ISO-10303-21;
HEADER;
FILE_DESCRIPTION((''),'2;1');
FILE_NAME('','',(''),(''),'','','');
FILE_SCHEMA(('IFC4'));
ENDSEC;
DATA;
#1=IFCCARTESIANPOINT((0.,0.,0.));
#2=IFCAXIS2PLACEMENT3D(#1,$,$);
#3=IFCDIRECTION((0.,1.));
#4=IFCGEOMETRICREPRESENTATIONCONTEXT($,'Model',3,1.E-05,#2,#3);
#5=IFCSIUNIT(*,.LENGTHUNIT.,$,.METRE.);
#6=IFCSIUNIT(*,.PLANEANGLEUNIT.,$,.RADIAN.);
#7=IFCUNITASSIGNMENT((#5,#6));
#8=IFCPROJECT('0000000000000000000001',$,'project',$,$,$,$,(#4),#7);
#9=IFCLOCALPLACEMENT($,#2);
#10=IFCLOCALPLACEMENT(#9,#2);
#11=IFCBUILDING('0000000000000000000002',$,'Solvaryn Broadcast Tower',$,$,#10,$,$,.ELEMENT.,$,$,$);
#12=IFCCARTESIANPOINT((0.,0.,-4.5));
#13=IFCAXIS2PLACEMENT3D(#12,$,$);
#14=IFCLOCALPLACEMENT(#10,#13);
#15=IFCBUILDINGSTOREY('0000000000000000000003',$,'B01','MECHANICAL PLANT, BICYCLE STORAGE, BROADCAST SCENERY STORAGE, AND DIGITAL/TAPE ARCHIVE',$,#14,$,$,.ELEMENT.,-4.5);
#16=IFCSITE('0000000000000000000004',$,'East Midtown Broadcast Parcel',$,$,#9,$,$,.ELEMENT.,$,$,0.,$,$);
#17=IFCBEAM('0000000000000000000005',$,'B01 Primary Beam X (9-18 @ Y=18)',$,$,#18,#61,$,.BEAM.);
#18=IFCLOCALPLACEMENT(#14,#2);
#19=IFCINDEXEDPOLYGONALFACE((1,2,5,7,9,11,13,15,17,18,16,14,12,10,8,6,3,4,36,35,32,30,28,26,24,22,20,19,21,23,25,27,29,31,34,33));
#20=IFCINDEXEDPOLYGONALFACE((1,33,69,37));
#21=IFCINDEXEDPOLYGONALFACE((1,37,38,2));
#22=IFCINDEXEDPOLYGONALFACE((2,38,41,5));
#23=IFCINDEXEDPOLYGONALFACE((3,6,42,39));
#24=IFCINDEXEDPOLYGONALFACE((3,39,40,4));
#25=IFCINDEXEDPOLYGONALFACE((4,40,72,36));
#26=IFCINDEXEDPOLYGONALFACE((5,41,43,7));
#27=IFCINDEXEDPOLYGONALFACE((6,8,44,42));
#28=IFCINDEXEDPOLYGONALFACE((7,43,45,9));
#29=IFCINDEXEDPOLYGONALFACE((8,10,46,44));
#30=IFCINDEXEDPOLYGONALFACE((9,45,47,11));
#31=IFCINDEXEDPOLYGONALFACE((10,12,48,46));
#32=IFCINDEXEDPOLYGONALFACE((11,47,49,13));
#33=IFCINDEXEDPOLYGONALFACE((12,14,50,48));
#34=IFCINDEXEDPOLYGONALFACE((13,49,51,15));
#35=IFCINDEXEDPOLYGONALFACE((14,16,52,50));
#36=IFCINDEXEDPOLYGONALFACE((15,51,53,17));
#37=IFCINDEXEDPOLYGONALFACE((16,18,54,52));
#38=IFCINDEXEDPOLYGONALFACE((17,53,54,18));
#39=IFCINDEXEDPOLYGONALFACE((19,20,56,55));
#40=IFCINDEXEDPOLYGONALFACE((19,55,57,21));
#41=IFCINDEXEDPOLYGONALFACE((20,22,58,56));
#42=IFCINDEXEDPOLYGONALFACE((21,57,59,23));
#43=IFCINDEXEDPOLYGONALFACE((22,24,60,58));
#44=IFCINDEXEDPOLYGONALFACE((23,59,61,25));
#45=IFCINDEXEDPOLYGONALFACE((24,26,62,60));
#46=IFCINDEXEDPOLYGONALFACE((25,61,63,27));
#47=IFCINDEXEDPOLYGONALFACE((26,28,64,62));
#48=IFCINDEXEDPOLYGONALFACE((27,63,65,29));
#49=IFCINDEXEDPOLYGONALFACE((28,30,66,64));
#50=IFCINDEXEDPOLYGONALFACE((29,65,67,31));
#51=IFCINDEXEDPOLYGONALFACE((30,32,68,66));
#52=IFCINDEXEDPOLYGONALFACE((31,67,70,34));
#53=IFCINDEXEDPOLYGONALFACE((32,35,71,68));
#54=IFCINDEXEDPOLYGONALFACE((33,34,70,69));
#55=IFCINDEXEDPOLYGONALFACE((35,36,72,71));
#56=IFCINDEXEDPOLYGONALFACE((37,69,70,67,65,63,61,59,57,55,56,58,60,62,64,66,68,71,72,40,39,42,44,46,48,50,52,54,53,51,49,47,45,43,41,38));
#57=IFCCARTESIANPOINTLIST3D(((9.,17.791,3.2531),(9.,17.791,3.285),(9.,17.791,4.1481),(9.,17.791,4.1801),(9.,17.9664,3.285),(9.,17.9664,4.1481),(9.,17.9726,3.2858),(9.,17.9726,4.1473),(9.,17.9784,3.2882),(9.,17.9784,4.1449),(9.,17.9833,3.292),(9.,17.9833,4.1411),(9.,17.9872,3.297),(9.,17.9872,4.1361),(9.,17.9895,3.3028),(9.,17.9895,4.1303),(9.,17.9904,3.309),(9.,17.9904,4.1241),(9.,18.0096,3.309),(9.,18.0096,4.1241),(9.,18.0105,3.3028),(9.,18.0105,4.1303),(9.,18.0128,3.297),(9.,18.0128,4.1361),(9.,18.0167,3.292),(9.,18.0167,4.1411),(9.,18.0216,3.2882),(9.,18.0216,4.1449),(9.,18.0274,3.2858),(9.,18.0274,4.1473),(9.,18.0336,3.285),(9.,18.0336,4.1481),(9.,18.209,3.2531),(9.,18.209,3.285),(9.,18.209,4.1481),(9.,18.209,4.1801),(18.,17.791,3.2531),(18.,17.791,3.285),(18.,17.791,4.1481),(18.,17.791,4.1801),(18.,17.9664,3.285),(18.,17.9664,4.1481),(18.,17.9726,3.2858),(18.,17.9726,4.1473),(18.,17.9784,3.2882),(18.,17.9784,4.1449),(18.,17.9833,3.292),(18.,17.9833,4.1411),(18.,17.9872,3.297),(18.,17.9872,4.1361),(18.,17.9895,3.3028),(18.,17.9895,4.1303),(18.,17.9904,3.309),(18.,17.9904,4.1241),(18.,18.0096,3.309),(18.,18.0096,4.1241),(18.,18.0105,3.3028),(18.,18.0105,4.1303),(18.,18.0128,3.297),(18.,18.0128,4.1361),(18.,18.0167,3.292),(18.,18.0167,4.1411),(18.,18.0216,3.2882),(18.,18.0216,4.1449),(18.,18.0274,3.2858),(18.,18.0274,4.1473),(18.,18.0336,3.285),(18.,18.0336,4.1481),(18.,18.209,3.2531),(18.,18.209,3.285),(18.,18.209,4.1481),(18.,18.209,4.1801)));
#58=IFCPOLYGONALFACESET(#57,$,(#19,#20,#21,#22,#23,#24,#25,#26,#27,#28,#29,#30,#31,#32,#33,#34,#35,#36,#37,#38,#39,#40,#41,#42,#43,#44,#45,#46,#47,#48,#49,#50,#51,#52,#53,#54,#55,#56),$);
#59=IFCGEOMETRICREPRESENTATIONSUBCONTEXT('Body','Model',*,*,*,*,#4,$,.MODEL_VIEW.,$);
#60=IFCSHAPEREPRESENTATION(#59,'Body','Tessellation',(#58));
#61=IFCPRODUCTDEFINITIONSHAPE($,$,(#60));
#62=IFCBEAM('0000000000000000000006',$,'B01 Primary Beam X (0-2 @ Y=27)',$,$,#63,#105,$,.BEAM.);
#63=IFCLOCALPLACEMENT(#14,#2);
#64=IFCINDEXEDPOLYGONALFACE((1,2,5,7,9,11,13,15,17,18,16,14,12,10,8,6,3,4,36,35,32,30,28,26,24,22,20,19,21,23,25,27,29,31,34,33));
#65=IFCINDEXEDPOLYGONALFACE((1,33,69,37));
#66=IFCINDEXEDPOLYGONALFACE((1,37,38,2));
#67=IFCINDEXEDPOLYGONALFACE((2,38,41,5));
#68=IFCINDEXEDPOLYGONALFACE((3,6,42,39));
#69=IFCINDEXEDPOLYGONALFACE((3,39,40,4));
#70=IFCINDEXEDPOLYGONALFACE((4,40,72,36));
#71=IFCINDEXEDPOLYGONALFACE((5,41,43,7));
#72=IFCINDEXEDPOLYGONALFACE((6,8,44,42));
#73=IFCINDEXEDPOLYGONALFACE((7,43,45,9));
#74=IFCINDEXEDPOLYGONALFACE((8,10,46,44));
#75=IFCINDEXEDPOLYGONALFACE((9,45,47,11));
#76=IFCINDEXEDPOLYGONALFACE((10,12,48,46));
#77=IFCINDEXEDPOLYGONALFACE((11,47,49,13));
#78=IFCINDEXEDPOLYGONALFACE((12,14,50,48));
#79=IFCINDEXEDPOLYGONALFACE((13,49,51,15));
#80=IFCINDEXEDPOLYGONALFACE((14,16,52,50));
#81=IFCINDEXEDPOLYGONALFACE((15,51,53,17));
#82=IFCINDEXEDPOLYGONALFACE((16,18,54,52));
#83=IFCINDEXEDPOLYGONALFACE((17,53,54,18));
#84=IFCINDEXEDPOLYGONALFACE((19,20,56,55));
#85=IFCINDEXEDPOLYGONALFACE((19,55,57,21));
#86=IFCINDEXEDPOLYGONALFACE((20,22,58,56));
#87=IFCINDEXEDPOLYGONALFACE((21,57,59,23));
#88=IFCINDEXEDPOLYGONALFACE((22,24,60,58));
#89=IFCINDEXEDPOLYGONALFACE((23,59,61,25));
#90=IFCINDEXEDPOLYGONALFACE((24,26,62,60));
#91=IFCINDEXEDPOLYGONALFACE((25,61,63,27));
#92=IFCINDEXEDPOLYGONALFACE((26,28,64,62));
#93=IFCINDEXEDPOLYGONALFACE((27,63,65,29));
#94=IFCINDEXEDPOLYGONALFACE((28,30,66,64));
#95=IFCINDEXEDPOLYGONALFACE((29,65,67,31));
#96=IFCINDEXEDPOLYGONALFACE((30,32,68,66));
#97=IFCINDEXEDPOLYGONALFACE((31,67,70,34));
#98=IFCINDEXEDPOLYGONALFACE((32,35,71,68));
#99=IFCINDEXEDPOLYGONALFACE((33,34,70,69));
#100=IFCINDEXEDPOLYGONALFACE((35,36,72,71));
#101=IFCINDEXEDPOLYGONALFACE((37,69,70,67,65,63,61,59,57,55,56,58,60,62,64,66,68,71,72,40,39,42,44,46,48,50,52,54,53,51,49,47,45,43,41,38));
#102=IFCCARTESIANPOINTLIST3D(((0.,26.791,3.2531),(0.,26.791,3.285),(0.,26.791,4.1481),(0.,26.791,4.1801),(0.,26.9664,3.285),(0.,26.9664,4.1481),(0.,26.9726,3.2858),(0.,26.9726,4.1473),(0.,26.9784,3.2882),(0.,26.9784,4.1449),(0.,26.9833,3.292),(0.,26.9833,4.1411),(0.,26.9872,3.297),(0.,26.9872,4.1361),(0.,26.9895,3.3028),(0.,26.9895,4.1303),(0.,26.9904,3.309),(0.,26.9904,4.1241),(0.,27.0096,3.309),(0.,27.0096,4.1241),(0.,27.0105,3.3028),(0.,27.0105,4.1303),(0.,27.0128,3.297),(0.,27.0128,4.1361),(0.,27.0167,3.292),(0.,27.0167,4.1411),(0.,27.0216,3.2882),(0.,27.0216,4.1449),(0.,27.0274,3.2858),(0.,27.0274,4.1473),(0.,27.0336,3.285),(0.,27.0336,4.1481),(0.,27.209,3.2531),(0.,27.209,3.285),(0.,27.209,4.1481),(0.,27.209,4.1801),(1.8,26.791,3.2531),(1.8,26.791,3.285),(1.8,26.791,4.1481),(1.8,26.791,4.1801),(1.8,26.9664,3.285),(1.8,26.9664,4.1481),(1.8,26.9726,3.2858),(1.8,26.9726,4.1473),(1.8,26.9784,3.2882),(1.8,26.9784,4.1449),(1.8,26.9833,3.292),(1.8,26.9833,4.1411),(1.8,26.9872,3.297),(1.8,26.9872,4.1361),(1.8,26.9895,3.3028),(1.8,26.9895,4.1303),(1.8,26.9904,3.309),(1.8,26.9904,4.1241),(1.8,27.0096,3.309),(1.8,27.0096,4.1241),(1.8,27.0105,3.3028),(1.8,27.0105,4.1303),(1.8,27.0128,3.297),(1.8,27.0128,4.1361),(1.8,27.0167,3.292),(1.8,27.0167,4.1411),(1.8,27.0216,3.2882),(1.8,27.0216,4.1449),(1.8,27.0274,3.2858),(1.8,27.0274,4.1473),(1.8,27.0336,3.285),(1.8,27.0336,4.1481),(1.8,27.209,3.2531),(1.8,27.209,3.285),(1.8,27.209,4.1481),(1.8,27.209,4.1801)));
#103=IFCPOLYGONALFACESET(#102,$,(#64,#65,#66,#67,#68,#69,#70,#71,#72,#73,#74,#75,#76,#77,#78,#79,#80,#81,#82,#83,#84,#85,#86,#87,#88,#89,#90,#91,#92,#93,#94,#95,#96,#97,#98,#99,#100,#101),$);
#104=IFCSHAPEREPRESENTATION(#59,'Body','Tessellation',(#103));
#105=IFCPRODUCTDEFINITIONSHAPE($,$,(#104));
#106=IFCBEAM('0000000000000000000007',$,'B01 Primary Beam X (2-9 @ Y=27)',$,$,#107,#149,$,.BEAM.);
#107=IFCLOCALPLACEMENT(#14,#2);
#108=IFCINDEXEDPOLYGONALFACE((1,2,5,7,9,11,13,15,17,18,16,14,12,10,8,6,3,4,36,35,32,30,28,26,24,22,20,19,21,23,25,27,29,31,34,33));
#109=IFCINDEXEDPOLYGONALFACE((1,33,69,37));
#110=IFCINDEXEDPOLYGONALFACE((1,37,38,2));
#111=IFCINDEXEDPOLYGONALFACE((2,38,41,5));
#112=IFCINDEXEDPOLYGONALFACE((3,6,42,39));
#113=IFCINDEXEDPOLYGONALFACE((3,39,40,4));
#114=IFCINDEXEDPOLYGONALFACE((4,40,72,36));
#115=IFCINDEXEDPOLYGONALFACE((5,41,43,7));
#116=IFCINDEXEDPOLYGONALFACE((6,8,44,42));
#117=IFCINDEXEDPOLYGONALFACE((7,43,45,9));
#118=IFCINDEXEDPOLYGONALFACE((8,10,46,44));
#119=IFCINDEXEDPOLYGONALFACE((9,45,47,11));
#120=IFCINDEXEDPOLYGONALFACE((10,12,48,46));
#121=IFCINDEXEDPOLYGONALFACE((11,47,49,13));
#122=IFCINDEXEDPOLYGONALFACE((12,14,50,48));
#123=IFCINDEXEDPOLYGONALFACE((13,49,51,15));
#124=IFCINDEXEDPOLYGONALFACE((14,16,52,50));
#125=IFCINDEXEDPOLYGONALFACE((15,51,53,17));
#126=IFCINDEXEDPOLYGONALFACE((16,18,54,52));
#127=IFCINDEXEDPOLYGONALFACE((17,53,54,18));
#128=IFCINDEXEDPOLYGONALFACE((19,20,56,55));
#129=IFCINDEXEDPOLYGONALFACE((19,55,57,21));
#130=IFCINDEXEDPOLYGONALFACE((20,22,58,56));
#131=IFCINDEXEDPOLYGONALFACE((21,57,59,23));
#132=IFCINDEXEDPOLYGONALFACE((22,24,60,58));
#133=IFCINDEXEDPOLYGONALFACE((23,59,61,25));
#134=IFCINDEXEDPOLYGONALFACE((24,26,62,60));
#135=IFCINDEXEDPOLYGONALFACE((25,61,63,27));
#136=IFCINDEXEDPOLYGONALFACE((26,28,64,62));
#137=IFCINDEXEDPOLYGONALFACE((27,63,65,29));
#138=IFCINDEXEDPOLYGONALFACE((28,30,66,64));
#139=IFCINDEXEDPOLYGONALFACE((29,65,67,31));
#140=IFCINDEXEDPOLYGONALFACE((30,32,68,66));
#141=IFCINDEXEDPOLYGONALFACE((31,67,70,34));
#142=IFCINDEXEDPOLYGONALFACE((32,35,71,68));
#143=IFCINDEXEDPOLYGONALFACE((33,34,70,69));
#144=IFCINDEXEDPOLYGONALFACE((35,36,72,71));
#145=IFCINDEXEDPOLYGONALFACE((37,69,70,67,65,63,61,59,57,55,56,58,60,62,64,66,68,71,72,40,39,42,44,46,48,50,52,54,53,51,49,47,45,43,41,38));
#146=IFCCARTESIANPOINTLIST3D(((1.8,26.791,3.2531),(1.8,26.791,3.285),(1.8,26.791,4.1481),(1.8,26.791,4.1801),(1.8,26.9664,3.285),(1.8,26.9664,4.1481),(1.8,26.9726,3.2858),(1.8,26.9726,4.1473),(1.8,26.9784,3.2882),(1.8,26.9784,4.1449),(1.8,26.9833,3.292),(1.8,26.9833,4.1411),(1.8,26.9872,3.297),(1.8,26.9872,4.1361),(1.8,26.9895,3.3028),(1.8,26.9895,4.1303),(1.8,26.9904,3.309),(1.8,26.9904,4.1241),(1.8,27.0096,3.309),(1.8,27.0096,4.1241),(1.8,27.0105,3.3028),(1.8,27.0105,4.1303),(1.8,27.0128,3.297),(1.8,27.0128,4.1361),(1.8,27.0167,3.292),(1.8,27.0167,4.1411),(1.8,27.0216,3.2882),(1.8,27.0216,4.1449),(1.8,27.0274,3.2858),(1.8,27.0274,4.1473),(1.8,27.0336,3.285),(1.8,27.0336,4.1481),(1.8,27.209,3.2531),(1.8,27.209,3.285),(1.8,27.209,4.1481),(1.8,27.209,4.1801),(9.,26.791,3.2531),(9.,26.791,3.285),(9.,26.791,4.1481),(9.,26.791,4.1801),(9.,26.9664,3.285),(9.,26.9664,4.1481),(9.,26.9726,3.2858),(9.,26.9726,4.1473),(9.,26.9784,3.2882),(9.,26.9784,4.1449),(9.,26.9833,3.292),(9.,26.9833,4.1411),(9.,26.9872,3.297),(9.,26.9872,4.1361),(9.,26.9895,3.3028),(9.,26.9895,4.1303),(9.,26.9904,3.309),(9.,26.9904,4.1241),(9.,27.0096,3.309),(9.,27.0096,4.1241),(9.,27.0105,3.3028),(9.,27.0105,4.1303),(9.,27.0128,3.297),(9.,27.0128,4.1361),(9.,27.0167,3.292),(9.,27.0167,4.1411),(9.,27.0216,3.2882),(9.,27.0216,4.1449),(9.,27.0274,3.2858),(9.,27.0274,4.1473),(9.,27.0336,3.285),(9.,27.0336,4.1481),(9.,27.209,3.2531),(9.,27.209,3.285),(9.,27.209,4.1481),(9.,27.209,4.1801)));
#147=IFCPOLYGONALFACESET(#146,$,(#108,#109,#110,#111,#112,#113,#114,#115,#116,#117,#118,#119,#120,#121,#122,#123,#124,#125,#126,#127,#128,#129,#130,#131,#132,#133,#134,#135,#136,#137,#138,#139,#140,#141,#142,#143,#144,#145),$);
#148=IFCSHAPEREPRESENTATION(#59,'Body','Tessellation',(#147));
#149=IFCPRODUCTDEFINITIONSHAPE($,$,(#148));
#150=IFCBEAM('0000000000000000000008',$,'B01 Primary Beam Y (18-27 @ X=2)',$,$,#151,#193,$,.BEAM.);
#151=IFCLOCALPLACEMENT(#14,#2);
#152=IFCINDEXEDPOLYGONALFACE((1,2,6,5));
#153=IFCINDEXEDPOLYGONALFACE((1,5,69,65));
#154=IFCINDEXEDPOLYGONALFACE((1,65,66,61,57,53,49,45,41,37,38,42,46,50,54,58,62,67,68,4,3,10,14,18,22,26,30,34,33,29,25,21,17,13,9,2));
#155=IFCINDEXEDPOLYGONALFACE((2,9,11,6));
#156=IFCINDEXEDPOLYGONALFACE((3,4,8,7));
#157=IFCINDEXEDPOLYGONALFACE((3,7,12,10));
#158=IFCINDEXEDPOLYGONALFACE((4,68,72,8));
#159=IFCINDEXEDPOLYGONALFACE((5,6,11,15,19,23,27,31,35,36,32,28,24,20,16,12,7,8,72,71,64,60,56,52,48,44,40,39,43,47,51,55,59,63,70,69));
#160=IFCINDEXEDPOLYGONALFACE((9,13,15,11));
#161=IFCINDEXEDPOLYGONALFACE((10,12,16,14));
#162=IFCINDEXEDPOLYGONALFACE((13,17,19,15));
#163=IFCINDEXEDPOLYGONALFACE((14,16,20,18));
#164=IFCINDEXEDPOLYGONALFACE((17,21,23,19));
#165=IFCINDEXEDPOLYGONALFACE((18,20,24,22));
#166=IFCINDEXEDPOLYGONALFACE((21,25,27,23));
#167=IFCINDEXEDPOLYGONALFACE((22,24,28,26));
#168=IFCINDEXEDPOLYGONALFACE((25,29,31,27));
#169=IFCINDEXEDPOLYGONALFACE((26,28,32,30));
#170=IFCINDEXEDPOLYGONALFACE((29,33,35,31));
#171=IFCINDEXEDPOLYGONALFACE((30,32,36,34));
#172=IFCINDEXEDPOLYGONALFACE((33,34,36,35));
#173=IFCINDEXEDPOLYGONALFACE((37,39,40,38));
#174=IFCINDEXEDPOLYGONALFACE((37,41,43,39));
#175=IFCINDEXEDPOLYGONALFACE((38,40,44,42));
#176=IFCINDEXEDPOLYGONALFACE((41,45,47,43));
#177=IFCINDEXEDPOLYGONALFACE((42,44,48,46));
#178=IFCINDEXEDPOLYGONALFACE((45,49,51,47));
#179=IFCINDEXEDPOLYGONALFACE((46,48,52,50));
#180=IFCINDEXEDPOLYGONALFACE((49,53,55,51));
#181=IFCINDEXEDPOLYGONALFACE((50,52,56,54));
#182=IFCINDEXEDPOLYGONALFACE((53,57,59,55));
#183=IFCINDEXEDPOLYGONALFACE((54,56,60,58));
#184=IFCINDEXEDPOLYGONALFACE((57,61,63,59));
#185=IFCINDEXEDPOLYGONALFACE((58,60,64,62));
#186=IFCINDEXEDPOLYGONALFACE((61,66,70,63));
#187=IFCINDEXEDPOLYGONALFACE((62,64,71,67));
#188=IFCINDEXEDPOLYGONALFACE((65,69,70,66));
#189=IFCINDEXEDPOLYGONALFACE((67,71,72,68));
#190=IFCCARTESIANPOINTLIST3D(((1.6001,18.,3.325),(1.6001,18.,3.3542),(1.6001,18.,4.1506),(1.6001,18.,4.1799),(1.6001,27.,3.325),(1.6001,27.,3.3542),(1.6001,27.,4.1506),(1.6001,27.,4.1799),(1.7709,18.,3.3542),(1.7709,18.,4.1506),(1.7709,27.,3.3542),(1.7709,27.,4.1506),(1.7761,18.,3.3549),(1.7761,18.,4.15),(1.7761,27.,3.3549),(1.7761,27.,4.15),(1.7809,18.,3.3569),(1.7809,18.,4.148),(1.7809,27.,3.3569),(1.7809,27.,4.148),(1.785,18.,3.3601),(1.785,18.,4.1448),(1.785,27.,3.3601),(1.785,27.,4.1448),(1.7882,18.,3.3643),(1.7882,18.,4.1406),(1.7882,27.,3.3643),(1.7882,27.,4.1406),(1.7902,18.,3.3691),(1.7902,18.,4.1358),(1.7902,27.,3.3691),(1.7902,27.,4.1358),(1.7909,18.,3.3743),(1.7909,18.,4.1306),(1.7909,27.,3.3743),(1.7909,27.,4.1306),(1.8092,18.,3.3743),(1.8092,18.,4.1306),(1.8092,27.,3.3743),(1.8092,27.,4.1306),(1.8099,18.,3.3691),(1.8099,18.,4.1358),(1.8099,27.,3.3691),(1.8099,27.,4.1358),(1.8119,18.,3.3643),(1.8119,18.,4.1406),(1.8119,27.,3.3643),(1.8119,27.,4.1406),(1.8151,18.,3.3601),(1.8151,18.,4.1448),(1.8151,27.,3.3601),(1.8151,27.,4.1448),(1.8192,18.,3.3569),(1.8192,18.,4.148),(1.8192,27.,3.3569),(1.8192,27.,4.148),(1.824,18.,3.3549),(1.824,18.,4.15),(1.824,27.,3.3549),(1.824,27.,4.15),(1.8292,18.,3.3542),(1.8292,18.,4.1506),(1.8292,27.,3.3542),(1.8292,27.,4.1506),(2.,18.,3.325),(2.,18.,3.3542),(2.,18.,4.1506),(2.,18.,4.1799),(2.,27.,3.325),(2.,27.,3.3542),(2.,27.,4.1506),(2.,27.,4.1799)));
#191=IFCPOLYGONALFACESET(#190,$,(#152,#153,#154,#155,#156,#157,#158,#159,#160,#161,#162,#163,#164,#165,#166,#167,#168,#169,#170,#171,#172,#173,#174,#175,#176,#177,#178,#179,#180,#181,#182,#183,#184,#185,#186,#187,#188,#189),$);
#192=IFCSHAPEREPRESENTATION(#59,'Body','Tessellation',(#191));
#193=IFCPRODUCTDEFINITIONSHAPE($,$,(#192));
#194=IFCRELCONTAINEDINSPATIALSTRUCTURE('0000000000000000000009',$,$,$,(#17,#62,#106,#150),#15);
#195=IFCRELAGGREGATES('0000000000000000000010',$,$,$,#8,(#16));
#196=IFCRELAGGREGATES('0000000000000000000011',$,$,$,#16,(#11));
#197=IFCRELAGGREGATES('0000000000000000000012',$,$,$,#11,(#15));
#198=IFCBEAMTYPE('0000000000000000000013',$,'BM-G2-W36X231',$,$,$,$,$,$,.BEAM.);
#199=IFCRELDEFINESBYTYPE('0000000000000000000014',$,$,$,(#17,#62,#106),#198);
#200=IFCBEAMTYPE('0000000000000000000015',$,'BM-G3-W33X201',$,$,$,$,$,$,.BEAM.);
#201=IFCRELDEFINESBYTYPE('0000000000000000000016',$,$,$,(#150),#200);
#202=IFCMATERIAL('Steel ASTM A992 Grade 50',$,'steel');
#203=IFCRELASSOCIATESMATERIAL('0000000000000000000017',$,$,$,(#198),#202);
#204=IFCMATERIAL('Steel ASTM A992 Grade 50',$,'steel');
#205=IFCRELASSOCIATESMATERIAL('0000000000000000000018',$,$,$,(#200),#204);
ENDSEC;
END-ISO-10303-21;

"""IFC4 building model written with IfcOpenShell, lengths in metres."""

from ifc_helpers import new_model, si_unit, direction, frame, origin, origin_2d, place, context, subcontext, project, spatial, i_section, extrude, material, material_profile, profile_set, type_object, element, save


model = new_model("IFC4")

# Units and contexts
model_context = context("Model", 3, precision=1e-05, world=origin(), true_north=direction((0.0, 1.0)))
body_context = subcontext(model_context, "Body", "Model", "MODEL_VIEW")
ifc_project = project(units=[si_unit("LENGTHUNIT", "METRE"), si_unit("PLANEANGLEUNIT", "RADIAN")], contexts=[model_context])

# Site, building, storey
site_placement = place(None, origin())
site = spatial("IfcSite", under=ifc_project, at=site_placement, Name="East Midtown Broadcast Parcel", CompositionType="ELEMENT", RefElevation=0.0)
building_placement = place(site_placement, origin())
building = spatial("IfcBuilding", under=site, at=building_placement, Name="Solvaryn Broadcast Tower", CompositionType="ELEMENT")
storey_placement = place(building_placement, frame((0.0, 0.0, -4.5)))
storey = spatial("IfcBuildingStorey", under=building, at=storey_placement, Name="B01", Description="MECHANICAL PLANT, BICYCLE STORAGE, BROADCAST SCENERY STORAGE, AND DIGITAL/TAPE ARCHIVE", CompositionType="ELEMENT", Elevation=-4.5)

# Beams
ifc_material_1 = material(Name="Steel ASTM A992 Grade 50", Category="steel")
ifc_material_profile_1 = material_profile(ifc_material_1, i_section(OverallWidth=0.418, OverallDepth=0.927, WebThickness=0.0193, FlangeThickness=0.032, FilletRadius=0.0239, at=origin_2d()))
ifc_profile_set_1 = profile_set([ifc_material_profile_1], Name="Steel ASTM A992 Grade 50")
beam_type_1 = type_object("IfcBeamType", Name="BM-G2-W36X231", PredefinedType="BEAM", material=ifc_profile_set_1)
beam_1_placement = place(storey_placement, frame((9.0, 18.0, 3.7166), z_axis=(1.0, 0.0, 0.0), x_axis=(0.0, 1.0, 0.0)))
element("IfcBeam", 1, at=beam_1_placement, inside=storey, type_object=beam_type_1, Name="B01 Primary Beam X (9-18 @ Y=18)", PredefinedType="BEAM", context=body_context, shape_type="SweptSolid", body=[
    extrude(i_section(OverallWidth=0.418, OverallDepth=0.927, WebThickness=0.0193, FlangeThickness=0.032, FilletRadius=0.0239, at=origin_2d()), origin(), (0.0, 0.0, 1.0), 9.0),
])
beam_2_placement = place(storey_placement, frame((0.0, 27.0, 3.7166), z_axis=(1.0, 0.0, 0.0), x_axis=(0.0, 1.0, 0.0)))
element("IfcBeam", 2, at=beam_2_placement, inside=storey, type_object=beam_type_1, Name="B01 Primary Beam X (0-2 @ Y=27)", PredefinedType="BEAM", context=body_context, shape_type="SweptSolid", body=[
    extrude(i_section(OverallWidth=0.418, OverallDepth=0.927, WebThickness=0.0193, FlangeThickness=0.032, FilletRadius=0.0239, at=origin_2d()), origin(), (0.0, 0.0, 1.0), 1.8),
])
beam_3_placement = place(storey_placement, frame((1.8, 27.0, 3.7166), z_axis=(1.0, 0.0, 0.0), x_axis=(0.0, 1.0, 0.0)))
element("IfcBeam", 3, at=beam_3_placement, inside=storey, type_object=beam_type_1, Name="B01 Primary Beam X (2-9 @ Y=27)", PredefinedType="BEAM", context=body_context, shape_type="SweptSolid", body=[
    extrude(i_section(OverallWidth=0.418, OverallDepth=0.927, WebThickness=0.0193, FlangeThickness=0.032, FilletRadius=0.0239, at=origin_2d()), origin(), (0.0, 0.0, 1.0), 7.2),
])
ifc_material_2 = material(Name="Steel ASTM A992 Grade 50", Category="steel")
ifc_material_profile_2 = material_profile(ifc_material_2, i_section(OverallWidth=0.3999, OverallDepth=0.855, WebThickness=0.0183, FlangeThickness=0.0293, FilletRadius=0.02, at=origin_2d()))
ifc_profile_set_2 = profile_set([ifc_material_profile_2], Name="Steel ASTM A992 Grade 50")
beam_type_2 = type_object("IfcBeamType", Name="BM-G3-W33X201", PredefinedType="BEAM", material=ifc_profile_set_2)
for number, where, z_axis, x_axis, name in (
    (4, (1.8, 18.0, 3.7524), (0.0, 1.0, 0.0), (-1.0, 0.0, 0.0), "B01 Primary Beam Y (18-27 @ X=2)"),
):
    element("IfcBeam", number, at=place(storey_placement, frame(where, z_axis=z_axis, x_axis=x_axis)), inside=storey, type_object=beam_type_2, Name=name, PredefinedType="BEAM", context=body_context, shape_type="SweptSolid", body=[
        extrude(i_section(OverallWidth=0.3999, OverallDepth=0.855, WebThickness=0.0183, FlangeThickness=0.0293, FilletRadius=0.02, at=origin_2d()), origin(), (0.0, 0.0, 1.0), 9.0),
    ])

save(model, "model.ifc")
